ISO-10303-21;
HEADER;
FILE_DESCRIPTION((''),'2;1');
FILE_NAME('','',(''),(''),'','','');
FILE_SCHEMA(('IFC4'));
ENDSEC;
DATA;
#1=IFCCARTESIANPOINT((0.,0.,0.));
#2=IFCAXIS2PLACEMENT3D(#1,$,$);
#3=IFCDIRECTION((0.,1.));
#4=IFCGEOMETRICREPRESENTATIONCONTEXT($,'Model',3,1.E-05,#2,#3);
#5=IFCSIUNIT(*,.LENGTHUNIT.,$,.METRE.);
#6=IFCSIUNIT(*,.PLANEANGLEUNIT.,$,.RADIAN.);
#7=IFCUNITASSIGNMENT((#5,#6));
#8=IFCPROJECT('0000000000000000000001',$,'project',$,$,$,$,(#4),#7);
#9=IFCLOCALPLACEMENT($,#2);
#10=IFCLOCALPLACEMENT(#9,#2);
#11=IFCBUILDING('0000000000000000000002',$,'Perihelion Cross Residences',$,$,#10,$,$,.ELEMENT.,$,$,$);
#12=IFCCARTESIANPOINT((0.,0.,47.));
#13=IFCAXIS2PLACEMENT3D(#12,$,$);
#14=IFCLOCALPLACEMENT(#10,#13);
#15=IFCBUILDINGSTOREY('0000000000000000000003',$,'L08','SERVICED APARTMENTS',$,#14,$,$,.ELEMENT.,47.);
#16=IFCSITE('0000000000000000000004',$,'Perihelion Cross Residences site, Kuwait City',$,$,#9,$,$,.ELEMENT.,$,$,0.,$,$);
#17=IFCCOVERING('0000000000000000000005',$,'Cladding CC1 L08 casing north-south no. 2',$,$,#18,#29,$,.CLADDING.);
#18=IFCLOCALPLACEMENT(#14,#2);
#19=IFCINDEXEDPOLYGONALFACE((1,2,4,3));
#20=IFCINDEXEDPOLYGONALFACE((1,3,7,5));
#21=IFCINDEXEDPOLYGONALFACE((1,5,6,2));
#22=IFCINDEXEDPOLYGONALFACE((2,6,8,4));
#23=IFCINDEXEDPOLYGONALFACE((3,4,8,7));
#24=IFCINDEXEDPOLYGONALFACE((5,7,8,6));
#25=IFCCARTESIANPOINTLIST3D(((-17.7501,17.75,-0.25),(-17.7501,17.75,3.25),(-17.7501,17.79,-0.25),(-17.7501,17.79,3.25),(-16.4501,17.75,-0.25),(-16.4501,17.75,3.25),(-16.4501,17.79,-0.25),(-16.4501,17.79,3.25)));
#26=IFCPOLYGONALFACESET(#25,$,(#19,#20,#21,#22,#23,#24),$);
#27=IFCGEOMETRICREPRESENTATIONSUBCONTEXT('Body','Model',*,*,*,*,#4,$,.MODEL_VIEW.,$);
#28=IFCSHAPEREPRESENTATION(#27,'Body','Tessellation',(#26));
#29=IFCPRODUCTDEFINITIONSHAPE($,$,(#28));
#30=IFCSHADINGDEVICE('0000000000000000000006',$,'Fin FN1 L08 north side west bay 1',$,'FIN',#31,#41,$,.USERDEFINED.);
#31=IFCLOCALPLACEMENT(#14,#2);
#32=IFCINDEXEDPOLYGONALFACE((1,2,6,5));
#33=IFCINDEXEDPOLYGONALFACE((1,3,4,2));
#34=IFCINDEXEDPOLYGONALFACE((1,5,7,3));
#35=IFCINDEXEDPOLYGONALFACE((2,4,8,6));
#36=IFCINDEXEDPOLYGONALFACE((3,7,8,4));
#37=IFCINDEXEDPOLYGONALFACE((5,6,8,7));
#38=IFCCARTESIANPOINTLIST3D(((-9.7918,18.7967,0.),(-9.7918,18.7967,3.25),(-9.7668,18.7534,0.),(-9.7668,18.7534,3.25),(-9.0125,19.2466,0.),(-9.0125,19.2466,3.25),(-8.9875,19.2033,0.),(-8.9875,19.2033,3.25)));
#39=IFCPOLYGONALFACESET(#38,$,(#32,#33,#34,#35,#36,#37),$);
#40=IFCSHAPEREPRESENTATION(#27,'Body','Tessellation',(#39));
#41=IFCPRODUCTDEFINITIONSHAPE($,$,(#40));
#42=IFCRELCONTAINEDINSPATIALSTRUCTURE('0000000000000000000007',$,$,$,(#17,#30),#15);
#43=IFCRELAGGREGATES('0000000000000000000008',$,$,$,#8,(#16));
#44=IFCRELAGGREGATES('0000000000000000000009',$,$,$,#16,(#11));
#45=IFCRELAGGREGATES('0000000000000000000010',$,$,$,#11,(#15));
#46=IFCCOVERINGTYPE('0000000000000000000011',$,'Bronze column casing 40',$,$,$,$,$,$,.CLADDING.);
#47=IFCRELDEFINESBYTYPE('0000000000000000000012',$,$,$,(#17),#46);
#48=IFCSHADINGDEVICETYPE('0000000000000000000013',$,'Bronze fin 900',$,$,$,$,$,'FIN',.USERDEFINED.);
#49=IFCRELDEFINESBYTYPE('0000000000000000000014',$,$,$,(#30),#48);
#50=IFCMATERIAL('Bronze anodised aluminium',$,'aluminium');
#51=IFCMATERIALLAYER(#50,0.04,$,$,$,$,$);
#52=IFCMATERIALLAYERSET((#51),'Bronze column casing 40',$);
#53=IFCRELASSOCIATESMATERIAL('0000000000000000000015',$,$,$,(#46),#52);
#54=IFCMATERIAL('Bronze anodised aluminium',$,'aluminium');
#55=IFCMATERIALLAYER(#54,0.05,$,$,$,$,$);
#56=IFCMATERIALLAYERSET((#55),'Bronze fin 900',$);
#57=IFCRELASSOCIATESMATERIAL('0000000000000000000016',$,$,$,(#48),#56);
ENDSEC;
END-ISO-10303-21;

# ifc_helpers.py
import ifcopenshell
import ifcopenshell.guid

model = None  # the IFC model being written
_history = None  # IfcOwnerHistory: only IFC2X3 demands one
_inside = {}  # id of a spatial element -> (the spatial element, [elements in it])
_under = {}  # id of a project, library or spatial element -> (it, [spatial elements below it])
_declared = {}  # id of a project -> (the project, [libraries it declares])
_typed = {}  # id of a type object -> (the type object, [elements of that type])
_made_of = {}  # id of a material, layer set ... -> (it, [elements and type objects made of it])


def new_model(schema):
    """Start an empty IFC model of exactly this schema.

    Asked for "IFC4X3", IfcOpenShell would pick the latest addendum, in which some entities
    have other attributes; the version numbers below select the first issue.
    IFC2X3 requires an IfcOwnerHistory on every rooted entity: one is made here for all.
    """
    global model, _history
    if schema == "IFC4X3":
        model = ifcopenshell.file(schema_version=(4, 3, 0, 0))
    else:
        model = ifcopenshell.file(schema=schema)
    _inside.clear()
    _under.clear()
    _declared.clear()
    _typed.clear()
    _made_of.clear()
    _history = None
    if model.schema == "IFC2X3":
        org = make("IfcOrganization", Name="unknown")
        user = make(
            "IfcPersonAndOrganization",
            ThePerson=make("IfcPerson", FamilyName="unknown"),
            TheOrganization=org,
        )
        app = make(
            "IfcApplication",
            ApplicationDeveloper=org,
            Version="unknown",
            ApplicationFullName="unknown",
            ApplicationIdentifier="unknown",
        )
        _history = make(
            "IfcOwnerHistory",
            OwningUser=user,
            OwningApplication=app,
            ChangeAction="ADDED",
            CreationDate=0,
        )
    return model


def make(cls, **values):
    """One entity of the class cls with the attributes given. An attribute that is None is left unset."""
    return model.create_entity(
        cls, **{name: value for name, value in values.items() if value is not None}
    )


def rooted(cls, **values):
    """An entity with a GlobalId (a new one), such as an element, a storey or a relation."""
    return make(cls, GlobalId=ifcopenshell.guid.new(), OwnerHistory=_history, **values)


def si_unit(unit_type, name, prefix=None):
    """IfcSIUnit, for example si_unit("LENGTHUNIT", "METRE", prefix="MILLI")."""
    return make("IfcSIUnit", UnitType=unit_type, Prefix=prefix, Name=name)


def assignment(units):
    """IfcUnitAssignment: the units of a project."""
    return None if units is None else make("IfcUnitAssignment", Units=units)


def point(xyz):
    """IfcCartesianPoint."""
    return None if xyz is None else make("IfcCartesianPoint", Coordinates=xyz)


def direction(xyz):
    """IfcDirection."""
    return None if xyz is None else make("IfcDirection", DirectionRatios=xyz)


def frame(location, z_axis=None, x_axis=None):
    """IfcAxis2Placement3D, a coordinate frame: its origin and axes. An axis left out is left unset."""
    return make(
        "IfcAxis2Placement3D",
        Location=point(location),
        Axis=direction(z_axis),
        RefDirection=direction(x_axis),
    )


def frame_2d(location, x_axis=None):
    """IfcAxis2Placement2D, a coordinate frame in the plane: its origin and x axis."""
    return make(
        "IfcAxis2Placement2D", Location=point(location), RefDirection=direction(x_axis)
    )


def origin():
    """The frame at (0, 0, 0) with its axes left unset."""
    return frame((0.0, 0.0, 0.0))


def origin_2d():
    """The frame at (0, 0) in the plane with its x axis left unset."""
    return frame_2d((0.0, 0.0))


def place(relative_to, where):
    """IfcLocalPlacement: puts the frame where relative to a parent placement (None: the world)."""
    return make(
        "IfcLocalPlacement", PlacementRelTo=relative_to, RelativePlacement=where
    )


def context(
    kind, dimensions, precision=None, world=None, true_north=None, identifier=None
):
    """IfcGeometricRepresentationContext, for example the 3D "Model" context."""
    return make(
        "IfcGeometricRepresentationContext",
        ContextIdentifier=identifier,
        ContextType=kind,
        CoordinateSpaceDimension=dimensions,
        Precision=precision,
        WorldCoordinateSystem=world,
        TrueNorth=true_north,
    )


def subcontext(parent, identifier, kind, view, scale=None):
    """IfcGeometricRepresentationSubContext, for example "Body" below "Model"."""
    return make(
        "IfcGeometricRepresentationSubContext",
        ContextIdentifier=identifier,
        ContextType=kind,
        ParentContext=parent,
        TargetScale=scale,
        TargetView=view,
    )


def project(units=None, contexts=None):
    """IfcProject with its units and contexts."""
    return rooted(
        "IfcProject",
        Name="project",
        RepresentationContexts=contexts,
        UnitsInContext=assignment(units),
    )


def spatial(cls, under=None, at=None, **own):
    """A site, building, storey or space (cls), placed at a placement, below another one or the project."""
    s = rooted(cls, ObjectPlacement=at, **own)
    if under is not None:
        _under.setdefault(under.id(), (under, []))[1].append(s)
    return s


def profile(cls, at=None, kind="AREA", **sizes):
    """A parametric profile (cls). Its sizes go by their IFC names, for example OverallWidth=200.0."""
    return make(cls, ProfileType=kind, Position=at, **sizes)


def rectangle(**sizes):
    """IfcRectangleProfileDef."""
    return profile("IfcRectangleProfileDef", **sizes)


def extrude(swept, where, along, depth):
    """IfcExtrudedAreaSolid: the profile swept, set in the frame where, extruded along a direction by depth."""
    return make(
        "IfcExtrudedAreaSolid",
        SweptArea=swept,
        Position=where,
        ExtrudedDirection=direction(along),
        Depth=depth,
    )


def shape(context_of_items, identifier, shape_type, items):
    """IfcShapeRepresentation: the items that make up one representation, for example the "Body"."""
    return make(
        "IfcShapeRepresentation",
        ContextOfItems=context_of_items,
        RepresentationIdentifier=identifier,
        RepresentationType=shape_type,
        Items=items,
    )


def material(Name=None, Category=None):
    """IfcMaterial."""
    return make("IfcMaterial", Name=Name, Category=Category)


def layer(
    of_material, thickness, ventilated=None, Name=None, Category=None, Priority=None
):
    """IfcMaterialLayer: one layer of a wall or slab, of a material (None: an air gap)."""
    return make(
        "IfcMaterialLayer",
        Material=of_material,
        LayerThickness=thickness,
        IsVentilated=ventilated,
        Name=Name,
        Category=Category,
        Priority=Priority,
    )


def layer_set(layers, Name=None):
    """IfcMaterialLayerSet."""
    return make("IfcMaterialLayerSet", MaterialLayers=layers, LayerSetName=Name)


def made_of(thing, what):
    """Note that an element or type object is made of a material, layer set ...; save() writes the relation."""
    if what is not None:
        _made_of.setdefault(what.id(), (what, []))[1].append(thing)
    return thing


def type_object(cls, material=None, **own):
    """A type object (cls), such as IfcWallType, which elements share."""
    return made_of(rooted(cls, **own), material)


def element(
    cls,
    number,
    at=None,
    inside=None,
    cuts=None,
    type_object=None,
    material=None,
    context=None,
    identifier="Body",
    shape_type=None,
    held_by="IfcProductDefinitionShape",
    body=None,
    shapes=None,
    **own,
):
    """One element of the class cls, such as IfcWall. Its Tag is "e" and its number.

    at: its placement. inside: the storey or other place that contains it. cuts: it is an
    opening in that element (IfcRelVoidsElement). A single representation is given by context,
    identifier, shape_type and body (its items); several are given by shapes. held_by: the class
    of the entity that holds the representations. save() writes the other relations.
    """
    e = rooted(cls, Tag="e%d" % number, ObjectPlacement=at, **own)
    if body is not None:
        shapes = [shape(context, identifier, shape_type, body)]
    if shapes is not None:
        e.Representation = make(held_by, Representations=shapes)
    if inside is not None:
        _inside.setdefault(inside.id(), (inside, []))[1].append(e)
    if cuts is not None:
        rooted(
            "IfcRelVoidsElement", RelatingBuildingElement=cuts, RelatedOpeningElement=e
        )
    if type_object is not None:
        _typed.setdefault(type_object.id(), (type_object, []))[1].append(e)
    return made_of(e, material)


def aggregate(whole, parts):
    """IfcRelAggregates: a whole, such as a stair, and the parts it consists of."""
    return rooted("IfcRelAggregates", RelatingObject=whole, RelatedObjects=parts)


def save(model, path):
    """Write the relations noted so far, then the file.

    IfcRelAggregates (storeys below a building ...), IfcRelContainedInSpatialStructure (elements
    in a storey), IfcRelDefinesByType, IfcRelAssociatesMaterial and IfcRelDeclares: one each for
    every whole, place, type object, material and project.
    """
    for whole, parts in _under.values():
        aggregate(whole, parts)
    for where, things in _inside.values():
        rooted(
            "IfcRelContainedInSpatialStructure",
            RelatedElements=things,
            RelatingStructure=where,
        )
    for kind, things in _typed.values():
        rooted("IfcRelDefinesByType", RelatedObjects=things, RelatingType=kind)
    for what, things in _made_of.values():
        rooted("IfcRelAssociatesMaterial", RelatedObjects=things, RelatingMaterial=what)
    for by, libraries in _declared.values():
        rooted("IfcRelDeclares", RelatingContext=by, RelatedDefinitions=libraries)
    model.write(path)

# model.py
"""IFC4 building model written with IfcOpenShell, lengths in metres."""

from ifc_helpers import new_model, si_unit, direction, frame, origin, origin_2d, place, context, subcontext, project, spatial, rectangle, extrude, material, layer, layer_set, type_object, element, save


model = new_model("IFC4")

# Units and contexts
model_context = context("Model", 3, precision=1e-05, world=origin(), true_north=direction((0.0, 1.0)))
body_context = subcontext(model_context, "Body", "Model", "MODEL_VIEW")
ifc_project = project(units=[si_unit("LENGTHUNIT", "METRE"), si_unit("PLANEANGLEUNIT", "RADIAN")], contexts=[model_context])

# Site, building, storey
site_placement = place(None, origin())
site = spatial("IfcSite", under=ifc_project, at=site_placement, Name="Perihelion Cross Residences site, Kuwait City", CompositionType="ELEMENT", RefElevation=0.0)
building_placement = place(site_placement, origin())
building = spatial("IfcBuilding", under=site, at=building_placement, Name="Perihelion Cross Residences", CompositionType="ELEMENT")
storey_placement = place(building_placement, frame((0.0, 0.0, 47.0)))
storey = spatial("IfcBuildingStorey", under=building, at=storey_placement, Name="L08", Description="SERVICED APARTMENTS", CompositionType="ELEMENT", Elevation=47.0)

# Covering
ifc_material_1 = material(Name="Bronze anodised aluminium", Category="aluminium")
ifc_layer_1 = layer(ifc_material_1, 0.04)
ifc_layer_set_1 = layer_set([ifc_layer_1], Name="Bronze column casing 40")
covering_type = type_object("IfcCoveringType", Name="Bronze column casing 40", PredefinedType="CLADDING", material=ifc_layer_set_1)
covering_1_placement = place(storey_placement, frame((-17.1001, 17.77, -0.25), z_axis=(0.0, 0.0, 1.0), x_axis=(1.0, 0.0, 0.0)))
element("IfcCovering", 1, at=covering_1_placement, inside=storey, type_object=covering_type, Name="Cladding CC1 L08 casing north-south no. 2", PredefinedType="CLADDING", context=body_context, shape_type="SweptSolid", body=[
    extrude(rectangle(XDim=1.3, YDim=0.04, at=origin_2d()), origin(), (0.0, 0.0, 1.0), 3.5),
])

# Shading device
ifc_material_2 = material(Name="Bronze anodised aluminium", Category="aluminium")
ifc_layer_2 = layer(ifc_material_2, 0.05)
ifc_layer_set_2 = layer_set([ifc_layer_2], Name="Bronze fin 900")
shading_device_type = type_object("IfcShadingDeviceType", Name="Bronze fin 900", ElementType="FIN", PredefinedType="USERDEFINED", material=ifc_layer_set_2)
shading_device_placement = place(storey_placement, frame((-9.3896, 19.0, 0.0), z_axis=(0.0, 0.0, 1.0), x_axis=(-0.866025, -0.5, 0.0)))
element("IfcShadingDevice", 2, at=shading_device_placement, inside=storey, type_object=shading_device_type, Name="Fin FN1 L08 north side west bay 1", ObjectType="FIN", PredefinedType="USERDEFINED", context=body_context, shape_type="SweptSolid", body=[
    extrude(rectangle(XDim=0.8999, YDim=0.05, at=origin_2d()), origin(), (0.0, 0.0, 1.0), 3.25),
])

save(model, "model.ifc")
